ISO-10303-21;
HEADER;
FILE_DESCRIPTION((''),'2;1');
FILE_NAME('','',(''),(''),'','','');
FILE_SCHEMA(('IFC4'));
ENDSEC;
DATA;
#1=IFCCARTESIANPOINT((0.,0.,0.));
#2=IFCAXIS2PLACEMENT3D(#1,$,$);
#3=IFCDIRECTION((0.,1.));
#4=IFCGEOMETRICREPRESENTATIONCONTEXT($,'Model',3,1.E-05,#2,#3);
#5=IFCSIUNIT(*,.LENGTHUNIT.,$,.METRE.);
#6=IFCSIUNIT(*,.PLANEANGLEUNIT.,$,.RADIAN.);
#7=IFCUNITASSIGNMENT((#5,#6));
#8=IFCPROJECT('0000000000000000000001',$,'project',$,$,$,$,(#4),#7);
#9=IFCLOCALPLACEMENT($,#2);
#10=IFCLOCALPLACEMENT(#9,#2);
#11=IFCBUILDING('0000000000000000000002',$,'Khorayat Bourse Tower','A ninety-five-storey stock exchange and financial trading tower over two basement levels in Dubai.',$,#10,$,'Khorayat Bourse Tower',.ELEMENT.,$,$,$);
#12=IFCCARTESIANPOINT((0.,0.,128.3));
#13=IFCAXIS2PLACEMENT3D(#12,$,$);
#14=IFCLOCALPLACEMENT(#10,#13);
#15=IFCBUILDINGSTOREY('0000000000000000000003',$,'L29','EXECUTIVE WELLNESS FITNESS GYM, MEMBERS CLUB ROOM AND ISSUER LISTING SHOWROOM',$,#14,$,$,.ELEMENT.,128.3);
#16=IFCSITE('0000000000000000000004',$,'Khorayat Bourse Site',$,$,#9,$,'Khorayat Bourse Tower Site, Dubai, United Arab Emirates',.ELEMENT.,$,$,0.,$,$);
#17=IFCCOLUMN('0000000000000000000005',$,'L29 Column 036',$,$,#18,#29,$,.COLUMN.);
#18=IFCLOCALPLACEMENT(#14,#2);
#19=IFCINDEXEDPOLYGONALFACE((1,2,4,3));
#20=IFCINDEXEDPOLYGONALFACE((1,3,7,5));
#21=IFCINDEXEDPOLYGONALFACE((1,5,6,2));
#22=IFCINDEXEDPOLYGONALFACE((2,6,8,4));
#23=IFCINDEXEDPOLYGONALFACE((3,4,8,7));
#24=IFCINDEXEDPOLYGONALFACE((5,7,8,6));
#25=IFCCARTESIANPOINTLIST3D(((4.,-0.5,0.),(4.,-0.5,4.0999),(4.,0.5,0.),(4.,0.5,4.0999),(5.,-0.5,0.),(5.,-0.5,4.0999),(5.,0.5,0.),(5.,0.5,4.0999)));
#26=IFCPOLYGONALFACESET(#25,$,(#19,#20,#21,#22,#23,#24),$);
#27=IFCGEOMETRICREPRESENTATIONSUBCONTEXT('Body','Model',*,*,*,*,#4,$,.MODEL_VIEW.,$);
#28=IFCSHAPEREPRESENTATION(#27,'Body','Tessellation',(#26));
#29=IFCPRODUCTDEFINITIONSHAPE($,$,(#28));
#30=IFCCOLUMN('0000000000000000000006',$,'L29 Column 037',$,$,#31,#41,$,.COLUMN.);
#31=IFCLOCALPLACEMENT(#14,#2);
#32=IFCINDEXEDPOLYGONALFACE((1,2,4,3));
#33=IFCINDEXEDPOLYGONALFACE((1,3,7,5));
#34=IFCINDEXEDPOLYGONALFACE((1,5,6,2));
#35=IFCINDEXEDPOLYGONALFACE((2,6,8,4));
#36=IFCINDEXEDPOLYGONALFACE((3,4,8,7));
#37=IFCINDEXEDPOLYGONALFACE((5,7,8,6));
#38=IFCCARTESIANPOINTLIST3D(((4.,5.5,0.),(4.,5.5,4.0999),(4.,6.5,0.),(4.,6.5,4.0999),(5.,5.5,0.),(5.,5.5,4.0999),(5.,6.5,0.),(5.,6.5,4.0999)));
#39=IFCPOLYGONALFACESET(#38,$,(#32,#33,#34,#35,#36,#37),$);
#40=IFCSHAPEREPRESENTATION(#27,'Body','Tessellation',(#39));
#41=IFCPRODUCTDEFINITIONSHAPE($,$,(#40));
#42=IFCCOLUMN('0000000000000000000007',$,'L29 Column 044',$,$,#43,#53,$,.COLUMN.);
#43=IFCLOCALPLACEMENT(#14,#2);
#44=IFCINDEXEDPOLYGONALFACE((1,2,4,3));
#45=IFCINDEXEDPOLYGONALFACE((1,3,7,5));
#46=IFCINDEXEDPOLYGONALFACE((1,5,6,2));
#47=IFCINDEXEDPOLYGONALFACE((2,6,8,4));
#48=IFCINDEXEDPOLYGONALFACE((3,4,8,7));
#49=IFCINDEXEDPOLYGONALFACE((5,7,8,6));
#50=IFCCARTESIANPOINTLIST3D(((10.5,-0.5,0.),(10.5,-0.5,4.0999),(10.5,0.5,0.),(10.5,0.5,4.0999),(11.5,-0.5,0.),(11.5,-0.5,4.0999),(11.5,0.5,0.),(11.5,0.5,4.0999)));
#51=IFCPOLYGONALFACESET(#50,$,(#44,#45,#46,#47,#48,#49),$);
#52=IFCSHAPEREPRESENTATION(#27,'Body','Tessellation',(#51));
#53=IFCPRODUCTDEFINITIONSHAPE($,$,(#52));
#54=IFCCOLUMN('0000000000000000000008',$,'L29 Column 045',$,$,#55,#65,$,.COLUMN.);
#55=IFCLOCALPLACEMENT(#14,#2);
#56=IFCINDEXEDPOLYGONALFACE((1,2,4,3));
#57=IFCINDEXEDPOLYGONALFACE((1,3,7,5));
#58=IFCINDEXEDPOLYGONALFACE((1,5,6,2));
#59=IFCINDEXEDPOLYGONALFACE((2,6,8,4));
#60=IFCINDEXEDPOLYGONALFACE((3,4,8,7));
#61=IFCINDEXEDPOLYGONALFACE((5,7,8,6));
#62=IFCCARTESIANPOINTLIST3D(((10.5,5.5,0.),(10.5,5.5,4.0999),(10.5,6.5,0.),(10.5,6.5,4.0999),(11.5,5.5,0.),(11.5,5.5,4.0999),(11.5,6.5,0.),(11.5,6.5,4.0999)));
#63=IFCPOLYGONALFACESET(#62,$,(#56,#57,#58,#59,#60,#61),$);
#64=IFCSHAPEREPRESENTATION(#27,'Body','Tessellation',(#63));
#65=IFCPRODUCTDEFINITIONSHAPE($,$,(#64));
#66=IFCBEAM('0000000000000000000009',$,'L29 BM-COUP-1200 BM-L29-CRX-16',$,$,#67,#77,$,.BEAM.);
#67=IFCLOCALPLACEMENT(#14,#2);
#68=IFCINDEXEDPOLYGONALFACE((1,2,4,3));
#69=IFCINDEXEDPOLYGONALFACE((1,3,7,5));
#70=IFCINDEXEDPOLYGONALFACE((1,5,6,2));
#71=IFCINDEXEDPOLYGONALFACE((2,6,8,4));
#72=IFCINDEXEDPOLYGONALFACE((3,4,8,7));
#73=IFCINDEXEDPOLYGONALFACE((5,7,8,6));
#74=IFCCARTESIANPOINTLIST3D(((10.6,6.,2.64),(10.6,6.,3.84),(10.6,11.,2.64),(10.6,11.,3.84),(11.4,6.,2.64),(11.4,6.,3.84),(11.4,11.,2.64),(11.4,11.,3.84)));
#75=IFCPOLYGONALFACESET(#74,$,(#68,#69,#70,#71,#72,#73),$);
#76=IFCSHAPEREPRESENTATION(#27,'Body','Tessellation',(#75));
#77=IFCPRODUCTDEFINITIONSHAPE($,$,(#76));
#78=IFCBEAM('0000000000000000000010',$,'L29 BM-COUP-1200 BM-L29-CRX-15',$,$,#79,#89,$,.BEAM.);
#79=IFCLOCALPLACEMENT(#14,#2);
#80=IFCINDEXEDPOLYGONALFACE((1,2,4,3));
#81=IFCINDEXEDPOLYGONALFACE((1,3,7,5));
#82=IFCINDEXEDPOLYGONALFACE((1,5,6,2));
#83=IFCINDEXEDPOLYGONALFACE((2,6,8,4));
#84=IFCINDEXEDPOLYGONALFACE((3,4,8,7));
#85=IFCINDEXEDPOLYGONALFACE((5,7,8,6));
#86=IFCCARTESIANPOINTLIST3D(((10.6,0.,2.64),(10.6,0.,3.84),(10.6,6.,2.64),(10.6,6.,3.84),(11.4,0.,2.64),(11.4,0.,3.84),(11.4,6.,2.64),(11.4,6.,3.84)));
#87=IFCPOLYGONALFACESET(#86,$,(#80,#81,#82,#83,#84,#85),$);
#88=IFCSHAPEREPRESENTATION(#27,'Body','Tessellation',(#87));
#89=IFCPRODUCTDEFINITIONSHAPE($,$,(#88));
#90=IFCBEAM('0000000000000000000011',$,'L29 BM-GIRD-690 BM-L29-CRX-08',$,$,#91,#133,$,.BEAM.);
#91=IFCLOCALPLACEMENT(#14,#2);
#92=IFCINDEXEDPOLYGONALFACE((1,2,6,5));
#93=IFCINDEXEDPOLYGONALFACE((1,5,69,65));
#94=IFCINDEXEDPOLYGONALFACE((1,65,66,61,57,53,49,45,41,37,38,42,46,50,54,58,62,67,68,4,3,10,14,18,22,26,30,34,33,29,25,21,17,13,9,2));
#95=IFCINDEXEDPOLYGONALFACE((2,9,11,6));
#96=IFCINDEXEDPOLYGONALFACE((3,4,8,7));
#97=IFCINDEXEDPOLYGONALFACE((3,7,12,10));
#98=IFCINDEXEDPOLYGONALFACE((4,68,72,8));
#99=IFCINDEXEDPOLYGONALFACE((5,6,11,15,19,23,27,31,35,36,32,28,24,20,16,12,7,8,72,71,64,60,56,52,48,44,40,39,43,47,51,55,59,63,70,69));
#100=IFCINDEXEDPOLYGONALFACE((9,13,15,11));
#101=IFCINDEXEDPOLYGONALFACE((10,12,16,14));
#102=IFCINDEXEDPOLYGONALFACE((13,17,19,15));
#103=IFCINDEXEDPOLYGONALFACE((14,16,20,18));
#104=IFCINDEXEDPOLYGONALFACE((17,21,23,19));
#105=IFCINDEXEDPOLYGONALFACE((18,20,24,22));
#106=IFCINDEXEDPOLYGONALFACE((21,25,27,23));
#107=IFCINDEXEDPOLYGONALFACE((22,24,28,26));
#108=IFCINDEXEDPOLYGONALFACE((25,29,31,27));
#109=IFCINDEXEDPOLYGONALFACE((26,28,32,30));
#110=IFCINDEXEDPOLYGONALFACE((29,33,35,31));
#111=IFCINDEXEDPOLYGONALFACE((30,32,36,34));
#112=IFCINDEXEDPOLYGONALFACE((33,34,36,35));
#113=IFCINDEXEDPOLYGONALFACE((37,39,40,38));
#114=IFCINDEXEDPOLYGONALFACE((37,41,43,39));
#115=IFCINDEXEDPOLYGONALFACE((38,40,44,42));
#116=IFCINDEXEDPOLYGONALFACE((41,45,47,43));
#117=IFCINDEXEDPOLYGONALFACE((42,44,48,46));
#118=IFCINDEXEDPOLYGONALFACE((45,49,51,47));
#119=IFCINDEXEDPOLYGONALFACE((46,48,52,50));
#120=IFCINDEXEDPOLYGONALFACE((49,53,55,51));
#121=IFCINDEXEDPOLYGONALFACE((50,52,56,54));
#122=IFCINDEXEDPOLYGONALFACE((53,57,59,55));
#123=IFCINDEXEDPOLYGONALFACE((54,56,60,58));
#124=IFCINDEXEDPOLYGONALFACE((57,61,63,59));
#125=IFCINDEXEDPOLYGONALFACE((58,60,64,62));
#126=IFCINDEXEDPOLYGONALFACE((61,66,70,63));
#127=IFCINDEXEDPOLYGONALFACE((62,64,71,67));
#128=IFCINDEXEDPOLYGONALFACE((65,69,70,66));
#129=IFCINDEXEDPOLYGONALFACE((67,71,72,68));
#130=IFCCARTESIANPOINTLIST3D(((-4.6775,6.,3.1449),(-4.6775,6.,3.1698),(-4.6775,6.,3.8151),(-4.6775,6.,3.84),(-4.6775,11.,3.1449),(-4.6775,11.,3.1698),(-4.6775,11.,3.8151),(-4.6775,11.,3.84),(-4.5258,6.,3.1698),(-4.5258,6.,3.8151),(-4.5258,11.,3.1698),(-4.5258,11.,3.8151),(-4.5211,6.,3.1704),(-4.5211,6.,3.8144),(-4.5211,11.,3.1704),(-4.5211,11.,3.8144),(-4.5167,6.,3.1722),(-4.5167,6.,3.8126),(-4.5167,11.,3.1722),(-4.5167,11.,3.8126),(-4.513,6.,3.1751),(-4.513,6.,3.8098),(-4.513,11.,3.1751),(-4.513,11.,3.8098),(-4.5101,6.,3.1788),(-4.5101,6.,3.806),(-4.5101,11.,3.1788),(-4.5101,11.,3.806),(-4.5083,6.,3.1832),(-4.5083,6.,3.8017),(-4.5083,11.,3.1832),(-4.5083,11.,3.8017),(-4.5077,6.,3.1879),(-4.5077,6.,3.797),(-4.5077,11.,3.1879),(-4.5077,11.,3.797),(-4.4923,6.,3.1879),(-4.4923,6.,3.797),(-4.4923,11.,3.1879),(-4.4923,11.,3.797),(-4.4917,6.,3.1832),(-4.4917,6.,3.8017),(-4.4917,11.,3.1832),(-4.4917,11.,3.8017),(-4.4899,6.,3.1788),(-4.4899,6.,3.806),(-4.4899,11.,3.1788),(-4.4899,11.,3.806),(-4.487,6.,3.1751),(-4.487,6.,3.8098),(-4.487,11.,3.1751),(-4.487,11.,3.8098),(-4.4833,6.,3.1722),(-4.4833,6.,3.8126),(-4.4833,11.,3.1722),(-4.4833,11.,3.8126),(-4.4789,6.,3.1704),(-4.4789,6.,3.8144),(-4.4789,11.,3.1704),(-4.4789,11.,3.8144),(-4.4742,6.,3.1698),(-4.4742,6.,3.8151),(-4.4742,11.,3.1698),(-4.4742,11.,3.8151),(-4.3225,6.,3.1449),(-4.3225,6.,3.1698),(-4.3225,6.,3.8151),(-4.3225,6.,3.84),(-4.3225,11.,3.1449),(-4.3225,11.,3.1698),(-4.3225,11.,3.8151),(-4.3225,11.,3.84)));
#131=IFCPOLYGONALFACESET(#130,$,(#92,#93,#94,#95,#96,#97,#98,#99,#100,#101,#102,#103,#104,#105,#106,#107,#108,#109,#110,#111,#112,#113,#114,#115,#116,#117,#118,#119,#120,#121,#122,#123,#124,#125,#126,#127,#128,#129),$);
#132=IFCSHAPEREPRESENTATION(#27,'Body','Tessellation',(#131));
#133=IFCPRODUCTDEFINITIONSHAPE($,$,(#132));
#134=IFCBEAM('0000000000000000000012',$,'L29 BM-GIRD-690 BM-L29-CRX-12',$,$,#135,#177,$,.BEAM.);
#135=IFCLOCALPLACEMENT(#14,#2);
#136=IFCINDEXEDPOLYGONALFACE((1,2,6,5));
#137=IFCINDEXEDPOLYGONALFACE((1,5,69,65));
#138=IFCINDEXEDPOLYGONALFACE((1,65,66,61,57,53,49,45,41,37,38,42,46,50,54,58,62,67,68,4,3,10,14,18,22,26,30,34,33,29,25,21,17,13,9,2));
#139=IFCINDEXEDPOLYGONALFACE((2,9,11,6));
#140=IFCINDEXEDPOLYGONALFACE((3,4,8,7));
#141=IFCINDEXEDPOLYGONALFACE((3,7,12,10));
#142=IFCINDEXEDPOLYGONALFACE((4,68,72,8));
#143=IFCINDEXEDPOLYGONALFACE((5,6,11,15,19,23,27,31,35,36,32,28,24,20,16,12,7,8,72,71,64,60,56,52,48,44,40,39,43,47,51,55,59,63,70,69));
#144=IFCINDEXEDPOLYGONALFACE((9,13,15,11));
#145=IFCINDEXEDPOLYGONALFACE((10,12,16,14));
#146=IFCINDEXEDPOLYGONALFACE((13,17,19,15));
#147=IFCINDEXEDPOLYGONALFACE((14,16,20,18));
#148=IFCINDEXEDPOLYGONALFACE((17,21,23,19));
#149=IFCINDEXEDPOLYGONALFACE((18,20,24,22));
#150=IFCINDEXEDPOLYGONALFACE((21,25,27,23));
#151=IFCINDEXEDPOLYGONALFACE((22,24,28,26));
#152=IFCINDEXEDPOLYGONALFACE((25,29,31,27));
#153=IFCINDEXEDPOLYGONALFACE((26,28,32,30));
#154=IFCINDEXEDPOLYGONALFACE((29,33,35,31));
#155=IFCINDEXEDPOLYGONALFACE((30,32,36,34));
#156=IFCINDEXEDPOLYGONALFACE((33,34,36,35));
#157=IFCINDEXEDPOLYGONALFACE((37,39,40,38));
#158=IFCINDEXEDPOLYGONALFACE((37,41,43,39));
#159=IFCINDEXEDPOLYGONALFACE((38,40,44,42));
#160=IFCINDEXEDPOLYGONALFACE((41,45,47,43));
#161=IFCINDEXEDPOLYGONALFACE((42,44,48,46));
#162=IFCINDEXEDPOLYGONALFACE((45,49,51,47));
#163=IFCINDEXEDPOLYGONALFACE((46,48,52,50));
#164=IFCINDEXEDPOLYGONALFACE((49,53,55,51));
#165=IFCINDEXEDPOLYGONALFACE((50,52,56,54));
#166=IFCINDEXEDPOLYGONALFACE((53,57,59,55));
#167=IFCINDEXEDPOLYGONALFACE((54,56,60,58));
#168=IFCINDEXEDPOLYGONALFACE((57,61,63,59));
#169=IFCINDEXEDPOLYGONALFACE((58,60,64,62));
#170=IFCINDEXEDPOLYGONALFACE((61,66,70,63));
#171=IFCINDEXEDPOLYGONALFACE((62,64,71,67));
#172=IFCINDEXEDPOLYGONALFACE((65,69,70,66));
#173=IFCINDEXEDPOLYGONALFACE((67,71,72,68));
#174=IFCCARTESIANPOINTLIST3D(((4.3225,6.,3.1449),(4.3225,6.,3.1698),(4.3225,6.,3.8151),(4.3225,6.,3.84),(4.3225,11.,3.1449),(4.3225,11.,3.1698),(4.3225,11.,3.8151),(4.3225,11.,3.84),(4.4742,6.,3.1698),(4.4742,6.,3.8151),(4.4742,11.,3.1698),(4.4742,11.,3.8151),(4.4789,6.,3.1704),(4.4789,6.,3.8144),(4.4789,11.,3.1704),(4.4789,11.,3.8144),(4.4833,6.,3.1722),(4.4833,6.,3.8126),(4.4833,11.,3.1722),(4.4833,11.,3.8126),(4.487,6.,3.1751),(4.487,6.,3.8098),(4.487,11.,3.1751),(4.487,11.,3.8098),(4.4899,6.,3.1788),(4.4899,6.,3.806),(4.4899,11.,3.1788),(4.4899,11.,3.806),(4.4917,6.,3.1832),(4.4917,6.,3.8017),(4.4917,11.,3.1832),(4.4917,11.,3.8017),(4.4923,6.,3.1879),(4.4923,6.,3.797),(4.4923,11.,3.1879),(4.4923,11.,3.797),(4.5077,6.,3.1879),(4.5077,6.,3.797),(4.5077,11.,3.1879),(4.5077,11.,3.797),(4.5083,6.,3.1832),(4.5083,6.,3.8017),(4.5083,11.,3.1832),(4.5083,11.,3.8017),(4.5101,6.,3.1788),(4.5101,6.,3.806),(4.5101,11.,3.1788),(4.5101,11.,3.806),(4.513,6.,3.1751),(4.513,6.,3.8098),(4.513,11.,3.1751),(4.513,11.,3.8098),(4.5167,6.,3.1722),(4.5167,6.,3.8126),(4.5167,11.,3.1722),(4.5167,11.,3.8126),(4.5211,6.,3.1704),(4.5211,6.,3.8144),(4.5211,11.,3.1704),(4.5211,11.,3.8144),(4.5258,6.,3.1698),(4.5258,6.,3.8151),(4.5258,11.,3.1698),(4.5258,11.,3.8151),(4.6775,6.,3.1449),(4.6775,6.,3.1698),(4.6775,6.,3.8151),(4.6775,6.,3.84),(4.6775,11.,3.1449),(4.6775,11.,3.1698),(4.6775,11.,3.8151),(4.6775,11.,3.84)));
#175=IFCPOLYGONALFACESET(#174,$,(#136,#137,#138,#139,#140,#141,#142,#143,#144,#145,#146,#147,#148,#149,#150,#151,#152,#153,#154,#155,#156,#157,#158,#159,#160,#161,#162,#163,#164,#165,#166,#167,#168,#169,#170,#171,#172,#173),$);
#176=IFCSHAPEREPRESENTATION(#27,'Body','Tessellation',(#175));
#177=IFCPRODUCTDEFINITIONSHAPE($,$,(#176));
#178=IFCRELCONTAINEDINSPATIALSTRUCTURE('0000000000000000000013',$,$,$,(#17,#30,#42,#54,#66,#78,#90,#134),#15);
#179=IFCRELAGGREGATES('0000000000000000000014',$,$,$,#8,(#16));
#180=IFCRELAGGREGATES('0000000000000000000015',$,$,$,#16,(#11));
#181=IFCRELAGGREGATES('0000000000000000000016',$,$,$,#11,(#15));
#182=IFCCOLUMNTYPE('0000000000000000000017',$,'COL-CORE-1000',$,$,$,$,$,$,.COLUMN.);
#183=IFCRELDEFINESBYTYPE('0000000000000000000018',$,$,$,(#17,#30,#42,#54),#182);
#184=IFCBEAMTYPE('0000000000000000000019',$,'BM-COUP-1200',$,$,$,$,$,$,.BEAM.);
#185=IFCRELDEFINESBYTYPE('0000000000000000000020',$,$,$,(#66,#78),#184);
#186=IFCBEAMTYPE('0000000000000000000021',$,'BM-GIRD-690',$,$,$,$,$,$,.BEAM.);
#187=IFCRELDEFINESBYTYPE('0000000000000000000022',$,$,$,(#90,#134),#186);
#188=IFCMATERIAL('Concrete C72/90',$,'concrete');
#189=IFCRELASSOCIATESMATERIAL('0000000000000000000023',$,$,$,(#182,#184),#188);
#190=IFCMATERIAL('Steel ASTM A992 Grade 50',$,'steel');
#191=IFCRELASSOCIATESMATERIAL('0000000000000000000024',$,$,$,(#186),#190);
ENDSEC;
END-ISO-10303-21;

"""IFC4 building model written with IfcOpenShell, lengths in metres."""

from ifc_helpers import new_model, si_unit, direction, frame, origin, origin_2d, place, context, subcontext, project, spatial, rectangle, i_section, extrude, source, transform, mapped, material, material_profile, profile_set, type_object, element, save


model = new_model("IFC4")

# Units and contexts
model_context = context("Model", 3, precision=1e-05, world=origin(), true_north=direction((0.0, 1.0)))
body_context = subcontext(model_context, "Body", "Model", "MODEL_VIEW")
ifc_project = project(units=[si_unit("LENGTHUNIT", "METRE"), si_unit("PLANEANGLEUNIT", "RADIAN")], contexts=[model_context])

# Site, building, storey
site_placement = place(None, origin())
site = spatial("IfcSite", under=ifc_project, at=site_placement, Name="Khorayat Bourse Site", LongName="Khorayat Bourse Tower Site, Dubai, United Arab Emirates", CompositionType="ELEMENT", RefElevation=0.0)
building_placement = place(site_placement, origin())
building = spatial("IfcBuilding", under=site, at=building_placement, Name="Khorayat Bourse Tower", Description="A ninety-five-storey stock exchange and financial trading tower over two basement levels in Dubai.", LongName="Khorayat Bourse Tower", CompositionType="ELEMENT")
storey_placement = place(building_placement, frame((0.0, 0.0, 128.3)))
storey = spatial("IfcBuildingStorey", under=building, at=storey_placement, Name="L29", Description="EXECUTIVE WELLNESS FITNESS GYM, MEMBERS CLUB ROOM AND ISSUER LISTING SHOWROOM", CompositionType="ELEMENT", Elevation=128.3)

# Columns
ifc_material_1 = material(Name="Concrete C72/90", Category="concrete")
ifc_material_profile_1 = material_profile(ifc_material_1, rectangle(XDim=1.0, YDim=1.0, at=origin_2d()), Name="RC 1000x1000")
ifc_profile_set_1 = profile_set([ifc_material_profile_1], Name="Concrete C72/90")
column_type = type_object("IfcColumnType", Name="COL-CORE-1000", PredefinedType="COLUMN", material=ifc_profile_set_1)
shared_shape_1 = source(origin(), body_context, "Body", "SweptSolid", [
    extrude(rectangle(XDim=1.0, YDim=1.0, at=origin_2d()), origin(), (0.0, 0.0, 1.0), 4.0999),
])
for number, where, z_axis, x_axis, name in (
    (1, (4.5, 0.0, 0.0), (0.0, 0.0, 1.0), (1.0, 0.0, 0.0), "L29 Column 036"),
    (2, (4.5, 6.0, 0.0), (0.0, 0.0, 1.0), (1.0, 0.0, 0.0), "L29 Column 037"),
    (3, (11.0, 0.0, 0.0), (0.0, 0.0, 1.0), (1.0, 0.0, 0.0), "L29 Column 044"),
    (4, (11.0, 6.0, 0.0), (0.0, 0.0, 1.0), (1.0, 0.0, 0.0), "L29 Column 045"),
):
    element("IfcColumn", number, at=place(storey_placement, frame(where, z_axis=z_axis, x_axis=x_axis)), inside=storey, type_object=column_type, Name=name, PredefinedType="COLUMN", context=body_context, shape_type="MappedRepresentation", body=[
        mapped(shared_shape_1, transform((0.0, 0.0, 0.0), scale=1.0)),
    ])

# Beams
ifc_material_profile_2 = material_profile(ifc_material_1, rectangle(XDim=0.8, YDim=1.2, at=origin_2d()), Name="RC 800x1200")
ifc_profile_set_2 = profile_set([ifc_material_profile_2], Name="Concrete C72/90")
beam_type_1 = type_object("IfcBeamType", Name="BM-COUP-1200", PredefinedType="BEAM", material=ifc_profile_set_2)
shared_shape_2 = source(origin(), body_context, "Body", "SweptSolid", [
    extrude(rectangle(XDim=0.8, YDim=1.2, at=origin_2d()), origin(), (0.0, 0.0, 1.0), 5.0),
])
beam_1_placement = place(storey_placement, frame((11.0, 6.0, 3.24), z_axis=(0.0, 1.0, 0.0), x_axis=(-1.0, 0.0, 0.0)))
element("IfcBeam", 5, at=beam_1_placement, inside=storey, type_object=beam_type_1, Name="L29 BM-COUP-1200 BM-L29-CRX-16", PredefinedType="BEAM", context=body_context, shape_type="MappedRepresentation", body=[
    mapped(shared_shape_2, transform((0.0, 0.0, 0.0), scale=1.0)),
])
shared_shape_3 = source(origin(), body_context, "Body", "SweptSolid", [
    extrude(rectangle(XDim=0.8, YDim=1.2, at=origin_2d()), origin(), (0.0, 0.0, 1.0), 6.0),
])
beam_2_placement = place(storey_placement, frame((11.0, 0.0, 3.24), z_axis=(0.0, 1.0, 0.0), x_axis=(-1.0, 0.0, 0.0)))
element("IfcBeam", 6, at=beam_2_placement, inside=storey, type_object=beam_type_1, Name="L29 BM-COUP-1200 BM-L29-CRX-15", PredefinedType="BEAM", context=body_context, shape_type="MappedRepresentation", body=[
    mapped(shared_shape_3, transform((0.0, 0.0, 0.0), scale=1.0)),
])
ifc_material_2 = material(Name="Steel ASTM A992 Grade 50", Category="steel")
ifc_material_profile_3 = material_profile(ifc_material_2, i_section(OverallWidth=0.355, OverallDepth=0.6951, WebThickness=0.0154, FlangeThickness=0.0249, FilletRadius=0.0181, at=origin_2d()), Name="W690X217")
ifc_profile_set_3 = profile_set([ifc_material_profile_3], Name="Steel ASTM A992 Grade 50")
beam_type_2 = type_object("IfcBeamType", Name="BM-GIRD-690", PredefinedType="BEAM", material=ifc_profile_set_3)
shared_shape_4 = source(origin(), body_context, "Body", "SweptSolid", [
    extrude(i_section(OverallWidth=0.355, OverallDepth=0.6951, WebThickness=0.0154, FlangeThickness=0.0249, FilletRadius=0.0181, at=origin_2d()), origin(), (0.0, 0.0, 1.0), 5.0),
])
for number, where, z_axis, x_axis, name in (
    (7, (-4.5, 6.0, 3.4924), (0.0, 1.0, 0.0), (-1.0, 0.0, 0.0), "L29 BM-GIRD-690 BM-L29-CRX-08"),
    (8, (4.5, 6.0, 3.4924), (0.0, 1.0, 0.0), (-1.0, 0.0, 0.0), "L29 BM-GIRD-690 BM-L29-CRX-12"),
):
    element("IfcBeam", number, at=place(storey_placement, frame(where, z_axis=z_axis, x_axis=x_axis)), inside=storey, type_object=beam_type_2, Name=name, PredefinedType="BEAM", context=body_context, shape_type="MappedRepresentation", body=[
        mapped(shared_shape_4, transform((0.0, 0.0, 0.0), scale=1.0)),
    ])

save(model, "model.ifc")
